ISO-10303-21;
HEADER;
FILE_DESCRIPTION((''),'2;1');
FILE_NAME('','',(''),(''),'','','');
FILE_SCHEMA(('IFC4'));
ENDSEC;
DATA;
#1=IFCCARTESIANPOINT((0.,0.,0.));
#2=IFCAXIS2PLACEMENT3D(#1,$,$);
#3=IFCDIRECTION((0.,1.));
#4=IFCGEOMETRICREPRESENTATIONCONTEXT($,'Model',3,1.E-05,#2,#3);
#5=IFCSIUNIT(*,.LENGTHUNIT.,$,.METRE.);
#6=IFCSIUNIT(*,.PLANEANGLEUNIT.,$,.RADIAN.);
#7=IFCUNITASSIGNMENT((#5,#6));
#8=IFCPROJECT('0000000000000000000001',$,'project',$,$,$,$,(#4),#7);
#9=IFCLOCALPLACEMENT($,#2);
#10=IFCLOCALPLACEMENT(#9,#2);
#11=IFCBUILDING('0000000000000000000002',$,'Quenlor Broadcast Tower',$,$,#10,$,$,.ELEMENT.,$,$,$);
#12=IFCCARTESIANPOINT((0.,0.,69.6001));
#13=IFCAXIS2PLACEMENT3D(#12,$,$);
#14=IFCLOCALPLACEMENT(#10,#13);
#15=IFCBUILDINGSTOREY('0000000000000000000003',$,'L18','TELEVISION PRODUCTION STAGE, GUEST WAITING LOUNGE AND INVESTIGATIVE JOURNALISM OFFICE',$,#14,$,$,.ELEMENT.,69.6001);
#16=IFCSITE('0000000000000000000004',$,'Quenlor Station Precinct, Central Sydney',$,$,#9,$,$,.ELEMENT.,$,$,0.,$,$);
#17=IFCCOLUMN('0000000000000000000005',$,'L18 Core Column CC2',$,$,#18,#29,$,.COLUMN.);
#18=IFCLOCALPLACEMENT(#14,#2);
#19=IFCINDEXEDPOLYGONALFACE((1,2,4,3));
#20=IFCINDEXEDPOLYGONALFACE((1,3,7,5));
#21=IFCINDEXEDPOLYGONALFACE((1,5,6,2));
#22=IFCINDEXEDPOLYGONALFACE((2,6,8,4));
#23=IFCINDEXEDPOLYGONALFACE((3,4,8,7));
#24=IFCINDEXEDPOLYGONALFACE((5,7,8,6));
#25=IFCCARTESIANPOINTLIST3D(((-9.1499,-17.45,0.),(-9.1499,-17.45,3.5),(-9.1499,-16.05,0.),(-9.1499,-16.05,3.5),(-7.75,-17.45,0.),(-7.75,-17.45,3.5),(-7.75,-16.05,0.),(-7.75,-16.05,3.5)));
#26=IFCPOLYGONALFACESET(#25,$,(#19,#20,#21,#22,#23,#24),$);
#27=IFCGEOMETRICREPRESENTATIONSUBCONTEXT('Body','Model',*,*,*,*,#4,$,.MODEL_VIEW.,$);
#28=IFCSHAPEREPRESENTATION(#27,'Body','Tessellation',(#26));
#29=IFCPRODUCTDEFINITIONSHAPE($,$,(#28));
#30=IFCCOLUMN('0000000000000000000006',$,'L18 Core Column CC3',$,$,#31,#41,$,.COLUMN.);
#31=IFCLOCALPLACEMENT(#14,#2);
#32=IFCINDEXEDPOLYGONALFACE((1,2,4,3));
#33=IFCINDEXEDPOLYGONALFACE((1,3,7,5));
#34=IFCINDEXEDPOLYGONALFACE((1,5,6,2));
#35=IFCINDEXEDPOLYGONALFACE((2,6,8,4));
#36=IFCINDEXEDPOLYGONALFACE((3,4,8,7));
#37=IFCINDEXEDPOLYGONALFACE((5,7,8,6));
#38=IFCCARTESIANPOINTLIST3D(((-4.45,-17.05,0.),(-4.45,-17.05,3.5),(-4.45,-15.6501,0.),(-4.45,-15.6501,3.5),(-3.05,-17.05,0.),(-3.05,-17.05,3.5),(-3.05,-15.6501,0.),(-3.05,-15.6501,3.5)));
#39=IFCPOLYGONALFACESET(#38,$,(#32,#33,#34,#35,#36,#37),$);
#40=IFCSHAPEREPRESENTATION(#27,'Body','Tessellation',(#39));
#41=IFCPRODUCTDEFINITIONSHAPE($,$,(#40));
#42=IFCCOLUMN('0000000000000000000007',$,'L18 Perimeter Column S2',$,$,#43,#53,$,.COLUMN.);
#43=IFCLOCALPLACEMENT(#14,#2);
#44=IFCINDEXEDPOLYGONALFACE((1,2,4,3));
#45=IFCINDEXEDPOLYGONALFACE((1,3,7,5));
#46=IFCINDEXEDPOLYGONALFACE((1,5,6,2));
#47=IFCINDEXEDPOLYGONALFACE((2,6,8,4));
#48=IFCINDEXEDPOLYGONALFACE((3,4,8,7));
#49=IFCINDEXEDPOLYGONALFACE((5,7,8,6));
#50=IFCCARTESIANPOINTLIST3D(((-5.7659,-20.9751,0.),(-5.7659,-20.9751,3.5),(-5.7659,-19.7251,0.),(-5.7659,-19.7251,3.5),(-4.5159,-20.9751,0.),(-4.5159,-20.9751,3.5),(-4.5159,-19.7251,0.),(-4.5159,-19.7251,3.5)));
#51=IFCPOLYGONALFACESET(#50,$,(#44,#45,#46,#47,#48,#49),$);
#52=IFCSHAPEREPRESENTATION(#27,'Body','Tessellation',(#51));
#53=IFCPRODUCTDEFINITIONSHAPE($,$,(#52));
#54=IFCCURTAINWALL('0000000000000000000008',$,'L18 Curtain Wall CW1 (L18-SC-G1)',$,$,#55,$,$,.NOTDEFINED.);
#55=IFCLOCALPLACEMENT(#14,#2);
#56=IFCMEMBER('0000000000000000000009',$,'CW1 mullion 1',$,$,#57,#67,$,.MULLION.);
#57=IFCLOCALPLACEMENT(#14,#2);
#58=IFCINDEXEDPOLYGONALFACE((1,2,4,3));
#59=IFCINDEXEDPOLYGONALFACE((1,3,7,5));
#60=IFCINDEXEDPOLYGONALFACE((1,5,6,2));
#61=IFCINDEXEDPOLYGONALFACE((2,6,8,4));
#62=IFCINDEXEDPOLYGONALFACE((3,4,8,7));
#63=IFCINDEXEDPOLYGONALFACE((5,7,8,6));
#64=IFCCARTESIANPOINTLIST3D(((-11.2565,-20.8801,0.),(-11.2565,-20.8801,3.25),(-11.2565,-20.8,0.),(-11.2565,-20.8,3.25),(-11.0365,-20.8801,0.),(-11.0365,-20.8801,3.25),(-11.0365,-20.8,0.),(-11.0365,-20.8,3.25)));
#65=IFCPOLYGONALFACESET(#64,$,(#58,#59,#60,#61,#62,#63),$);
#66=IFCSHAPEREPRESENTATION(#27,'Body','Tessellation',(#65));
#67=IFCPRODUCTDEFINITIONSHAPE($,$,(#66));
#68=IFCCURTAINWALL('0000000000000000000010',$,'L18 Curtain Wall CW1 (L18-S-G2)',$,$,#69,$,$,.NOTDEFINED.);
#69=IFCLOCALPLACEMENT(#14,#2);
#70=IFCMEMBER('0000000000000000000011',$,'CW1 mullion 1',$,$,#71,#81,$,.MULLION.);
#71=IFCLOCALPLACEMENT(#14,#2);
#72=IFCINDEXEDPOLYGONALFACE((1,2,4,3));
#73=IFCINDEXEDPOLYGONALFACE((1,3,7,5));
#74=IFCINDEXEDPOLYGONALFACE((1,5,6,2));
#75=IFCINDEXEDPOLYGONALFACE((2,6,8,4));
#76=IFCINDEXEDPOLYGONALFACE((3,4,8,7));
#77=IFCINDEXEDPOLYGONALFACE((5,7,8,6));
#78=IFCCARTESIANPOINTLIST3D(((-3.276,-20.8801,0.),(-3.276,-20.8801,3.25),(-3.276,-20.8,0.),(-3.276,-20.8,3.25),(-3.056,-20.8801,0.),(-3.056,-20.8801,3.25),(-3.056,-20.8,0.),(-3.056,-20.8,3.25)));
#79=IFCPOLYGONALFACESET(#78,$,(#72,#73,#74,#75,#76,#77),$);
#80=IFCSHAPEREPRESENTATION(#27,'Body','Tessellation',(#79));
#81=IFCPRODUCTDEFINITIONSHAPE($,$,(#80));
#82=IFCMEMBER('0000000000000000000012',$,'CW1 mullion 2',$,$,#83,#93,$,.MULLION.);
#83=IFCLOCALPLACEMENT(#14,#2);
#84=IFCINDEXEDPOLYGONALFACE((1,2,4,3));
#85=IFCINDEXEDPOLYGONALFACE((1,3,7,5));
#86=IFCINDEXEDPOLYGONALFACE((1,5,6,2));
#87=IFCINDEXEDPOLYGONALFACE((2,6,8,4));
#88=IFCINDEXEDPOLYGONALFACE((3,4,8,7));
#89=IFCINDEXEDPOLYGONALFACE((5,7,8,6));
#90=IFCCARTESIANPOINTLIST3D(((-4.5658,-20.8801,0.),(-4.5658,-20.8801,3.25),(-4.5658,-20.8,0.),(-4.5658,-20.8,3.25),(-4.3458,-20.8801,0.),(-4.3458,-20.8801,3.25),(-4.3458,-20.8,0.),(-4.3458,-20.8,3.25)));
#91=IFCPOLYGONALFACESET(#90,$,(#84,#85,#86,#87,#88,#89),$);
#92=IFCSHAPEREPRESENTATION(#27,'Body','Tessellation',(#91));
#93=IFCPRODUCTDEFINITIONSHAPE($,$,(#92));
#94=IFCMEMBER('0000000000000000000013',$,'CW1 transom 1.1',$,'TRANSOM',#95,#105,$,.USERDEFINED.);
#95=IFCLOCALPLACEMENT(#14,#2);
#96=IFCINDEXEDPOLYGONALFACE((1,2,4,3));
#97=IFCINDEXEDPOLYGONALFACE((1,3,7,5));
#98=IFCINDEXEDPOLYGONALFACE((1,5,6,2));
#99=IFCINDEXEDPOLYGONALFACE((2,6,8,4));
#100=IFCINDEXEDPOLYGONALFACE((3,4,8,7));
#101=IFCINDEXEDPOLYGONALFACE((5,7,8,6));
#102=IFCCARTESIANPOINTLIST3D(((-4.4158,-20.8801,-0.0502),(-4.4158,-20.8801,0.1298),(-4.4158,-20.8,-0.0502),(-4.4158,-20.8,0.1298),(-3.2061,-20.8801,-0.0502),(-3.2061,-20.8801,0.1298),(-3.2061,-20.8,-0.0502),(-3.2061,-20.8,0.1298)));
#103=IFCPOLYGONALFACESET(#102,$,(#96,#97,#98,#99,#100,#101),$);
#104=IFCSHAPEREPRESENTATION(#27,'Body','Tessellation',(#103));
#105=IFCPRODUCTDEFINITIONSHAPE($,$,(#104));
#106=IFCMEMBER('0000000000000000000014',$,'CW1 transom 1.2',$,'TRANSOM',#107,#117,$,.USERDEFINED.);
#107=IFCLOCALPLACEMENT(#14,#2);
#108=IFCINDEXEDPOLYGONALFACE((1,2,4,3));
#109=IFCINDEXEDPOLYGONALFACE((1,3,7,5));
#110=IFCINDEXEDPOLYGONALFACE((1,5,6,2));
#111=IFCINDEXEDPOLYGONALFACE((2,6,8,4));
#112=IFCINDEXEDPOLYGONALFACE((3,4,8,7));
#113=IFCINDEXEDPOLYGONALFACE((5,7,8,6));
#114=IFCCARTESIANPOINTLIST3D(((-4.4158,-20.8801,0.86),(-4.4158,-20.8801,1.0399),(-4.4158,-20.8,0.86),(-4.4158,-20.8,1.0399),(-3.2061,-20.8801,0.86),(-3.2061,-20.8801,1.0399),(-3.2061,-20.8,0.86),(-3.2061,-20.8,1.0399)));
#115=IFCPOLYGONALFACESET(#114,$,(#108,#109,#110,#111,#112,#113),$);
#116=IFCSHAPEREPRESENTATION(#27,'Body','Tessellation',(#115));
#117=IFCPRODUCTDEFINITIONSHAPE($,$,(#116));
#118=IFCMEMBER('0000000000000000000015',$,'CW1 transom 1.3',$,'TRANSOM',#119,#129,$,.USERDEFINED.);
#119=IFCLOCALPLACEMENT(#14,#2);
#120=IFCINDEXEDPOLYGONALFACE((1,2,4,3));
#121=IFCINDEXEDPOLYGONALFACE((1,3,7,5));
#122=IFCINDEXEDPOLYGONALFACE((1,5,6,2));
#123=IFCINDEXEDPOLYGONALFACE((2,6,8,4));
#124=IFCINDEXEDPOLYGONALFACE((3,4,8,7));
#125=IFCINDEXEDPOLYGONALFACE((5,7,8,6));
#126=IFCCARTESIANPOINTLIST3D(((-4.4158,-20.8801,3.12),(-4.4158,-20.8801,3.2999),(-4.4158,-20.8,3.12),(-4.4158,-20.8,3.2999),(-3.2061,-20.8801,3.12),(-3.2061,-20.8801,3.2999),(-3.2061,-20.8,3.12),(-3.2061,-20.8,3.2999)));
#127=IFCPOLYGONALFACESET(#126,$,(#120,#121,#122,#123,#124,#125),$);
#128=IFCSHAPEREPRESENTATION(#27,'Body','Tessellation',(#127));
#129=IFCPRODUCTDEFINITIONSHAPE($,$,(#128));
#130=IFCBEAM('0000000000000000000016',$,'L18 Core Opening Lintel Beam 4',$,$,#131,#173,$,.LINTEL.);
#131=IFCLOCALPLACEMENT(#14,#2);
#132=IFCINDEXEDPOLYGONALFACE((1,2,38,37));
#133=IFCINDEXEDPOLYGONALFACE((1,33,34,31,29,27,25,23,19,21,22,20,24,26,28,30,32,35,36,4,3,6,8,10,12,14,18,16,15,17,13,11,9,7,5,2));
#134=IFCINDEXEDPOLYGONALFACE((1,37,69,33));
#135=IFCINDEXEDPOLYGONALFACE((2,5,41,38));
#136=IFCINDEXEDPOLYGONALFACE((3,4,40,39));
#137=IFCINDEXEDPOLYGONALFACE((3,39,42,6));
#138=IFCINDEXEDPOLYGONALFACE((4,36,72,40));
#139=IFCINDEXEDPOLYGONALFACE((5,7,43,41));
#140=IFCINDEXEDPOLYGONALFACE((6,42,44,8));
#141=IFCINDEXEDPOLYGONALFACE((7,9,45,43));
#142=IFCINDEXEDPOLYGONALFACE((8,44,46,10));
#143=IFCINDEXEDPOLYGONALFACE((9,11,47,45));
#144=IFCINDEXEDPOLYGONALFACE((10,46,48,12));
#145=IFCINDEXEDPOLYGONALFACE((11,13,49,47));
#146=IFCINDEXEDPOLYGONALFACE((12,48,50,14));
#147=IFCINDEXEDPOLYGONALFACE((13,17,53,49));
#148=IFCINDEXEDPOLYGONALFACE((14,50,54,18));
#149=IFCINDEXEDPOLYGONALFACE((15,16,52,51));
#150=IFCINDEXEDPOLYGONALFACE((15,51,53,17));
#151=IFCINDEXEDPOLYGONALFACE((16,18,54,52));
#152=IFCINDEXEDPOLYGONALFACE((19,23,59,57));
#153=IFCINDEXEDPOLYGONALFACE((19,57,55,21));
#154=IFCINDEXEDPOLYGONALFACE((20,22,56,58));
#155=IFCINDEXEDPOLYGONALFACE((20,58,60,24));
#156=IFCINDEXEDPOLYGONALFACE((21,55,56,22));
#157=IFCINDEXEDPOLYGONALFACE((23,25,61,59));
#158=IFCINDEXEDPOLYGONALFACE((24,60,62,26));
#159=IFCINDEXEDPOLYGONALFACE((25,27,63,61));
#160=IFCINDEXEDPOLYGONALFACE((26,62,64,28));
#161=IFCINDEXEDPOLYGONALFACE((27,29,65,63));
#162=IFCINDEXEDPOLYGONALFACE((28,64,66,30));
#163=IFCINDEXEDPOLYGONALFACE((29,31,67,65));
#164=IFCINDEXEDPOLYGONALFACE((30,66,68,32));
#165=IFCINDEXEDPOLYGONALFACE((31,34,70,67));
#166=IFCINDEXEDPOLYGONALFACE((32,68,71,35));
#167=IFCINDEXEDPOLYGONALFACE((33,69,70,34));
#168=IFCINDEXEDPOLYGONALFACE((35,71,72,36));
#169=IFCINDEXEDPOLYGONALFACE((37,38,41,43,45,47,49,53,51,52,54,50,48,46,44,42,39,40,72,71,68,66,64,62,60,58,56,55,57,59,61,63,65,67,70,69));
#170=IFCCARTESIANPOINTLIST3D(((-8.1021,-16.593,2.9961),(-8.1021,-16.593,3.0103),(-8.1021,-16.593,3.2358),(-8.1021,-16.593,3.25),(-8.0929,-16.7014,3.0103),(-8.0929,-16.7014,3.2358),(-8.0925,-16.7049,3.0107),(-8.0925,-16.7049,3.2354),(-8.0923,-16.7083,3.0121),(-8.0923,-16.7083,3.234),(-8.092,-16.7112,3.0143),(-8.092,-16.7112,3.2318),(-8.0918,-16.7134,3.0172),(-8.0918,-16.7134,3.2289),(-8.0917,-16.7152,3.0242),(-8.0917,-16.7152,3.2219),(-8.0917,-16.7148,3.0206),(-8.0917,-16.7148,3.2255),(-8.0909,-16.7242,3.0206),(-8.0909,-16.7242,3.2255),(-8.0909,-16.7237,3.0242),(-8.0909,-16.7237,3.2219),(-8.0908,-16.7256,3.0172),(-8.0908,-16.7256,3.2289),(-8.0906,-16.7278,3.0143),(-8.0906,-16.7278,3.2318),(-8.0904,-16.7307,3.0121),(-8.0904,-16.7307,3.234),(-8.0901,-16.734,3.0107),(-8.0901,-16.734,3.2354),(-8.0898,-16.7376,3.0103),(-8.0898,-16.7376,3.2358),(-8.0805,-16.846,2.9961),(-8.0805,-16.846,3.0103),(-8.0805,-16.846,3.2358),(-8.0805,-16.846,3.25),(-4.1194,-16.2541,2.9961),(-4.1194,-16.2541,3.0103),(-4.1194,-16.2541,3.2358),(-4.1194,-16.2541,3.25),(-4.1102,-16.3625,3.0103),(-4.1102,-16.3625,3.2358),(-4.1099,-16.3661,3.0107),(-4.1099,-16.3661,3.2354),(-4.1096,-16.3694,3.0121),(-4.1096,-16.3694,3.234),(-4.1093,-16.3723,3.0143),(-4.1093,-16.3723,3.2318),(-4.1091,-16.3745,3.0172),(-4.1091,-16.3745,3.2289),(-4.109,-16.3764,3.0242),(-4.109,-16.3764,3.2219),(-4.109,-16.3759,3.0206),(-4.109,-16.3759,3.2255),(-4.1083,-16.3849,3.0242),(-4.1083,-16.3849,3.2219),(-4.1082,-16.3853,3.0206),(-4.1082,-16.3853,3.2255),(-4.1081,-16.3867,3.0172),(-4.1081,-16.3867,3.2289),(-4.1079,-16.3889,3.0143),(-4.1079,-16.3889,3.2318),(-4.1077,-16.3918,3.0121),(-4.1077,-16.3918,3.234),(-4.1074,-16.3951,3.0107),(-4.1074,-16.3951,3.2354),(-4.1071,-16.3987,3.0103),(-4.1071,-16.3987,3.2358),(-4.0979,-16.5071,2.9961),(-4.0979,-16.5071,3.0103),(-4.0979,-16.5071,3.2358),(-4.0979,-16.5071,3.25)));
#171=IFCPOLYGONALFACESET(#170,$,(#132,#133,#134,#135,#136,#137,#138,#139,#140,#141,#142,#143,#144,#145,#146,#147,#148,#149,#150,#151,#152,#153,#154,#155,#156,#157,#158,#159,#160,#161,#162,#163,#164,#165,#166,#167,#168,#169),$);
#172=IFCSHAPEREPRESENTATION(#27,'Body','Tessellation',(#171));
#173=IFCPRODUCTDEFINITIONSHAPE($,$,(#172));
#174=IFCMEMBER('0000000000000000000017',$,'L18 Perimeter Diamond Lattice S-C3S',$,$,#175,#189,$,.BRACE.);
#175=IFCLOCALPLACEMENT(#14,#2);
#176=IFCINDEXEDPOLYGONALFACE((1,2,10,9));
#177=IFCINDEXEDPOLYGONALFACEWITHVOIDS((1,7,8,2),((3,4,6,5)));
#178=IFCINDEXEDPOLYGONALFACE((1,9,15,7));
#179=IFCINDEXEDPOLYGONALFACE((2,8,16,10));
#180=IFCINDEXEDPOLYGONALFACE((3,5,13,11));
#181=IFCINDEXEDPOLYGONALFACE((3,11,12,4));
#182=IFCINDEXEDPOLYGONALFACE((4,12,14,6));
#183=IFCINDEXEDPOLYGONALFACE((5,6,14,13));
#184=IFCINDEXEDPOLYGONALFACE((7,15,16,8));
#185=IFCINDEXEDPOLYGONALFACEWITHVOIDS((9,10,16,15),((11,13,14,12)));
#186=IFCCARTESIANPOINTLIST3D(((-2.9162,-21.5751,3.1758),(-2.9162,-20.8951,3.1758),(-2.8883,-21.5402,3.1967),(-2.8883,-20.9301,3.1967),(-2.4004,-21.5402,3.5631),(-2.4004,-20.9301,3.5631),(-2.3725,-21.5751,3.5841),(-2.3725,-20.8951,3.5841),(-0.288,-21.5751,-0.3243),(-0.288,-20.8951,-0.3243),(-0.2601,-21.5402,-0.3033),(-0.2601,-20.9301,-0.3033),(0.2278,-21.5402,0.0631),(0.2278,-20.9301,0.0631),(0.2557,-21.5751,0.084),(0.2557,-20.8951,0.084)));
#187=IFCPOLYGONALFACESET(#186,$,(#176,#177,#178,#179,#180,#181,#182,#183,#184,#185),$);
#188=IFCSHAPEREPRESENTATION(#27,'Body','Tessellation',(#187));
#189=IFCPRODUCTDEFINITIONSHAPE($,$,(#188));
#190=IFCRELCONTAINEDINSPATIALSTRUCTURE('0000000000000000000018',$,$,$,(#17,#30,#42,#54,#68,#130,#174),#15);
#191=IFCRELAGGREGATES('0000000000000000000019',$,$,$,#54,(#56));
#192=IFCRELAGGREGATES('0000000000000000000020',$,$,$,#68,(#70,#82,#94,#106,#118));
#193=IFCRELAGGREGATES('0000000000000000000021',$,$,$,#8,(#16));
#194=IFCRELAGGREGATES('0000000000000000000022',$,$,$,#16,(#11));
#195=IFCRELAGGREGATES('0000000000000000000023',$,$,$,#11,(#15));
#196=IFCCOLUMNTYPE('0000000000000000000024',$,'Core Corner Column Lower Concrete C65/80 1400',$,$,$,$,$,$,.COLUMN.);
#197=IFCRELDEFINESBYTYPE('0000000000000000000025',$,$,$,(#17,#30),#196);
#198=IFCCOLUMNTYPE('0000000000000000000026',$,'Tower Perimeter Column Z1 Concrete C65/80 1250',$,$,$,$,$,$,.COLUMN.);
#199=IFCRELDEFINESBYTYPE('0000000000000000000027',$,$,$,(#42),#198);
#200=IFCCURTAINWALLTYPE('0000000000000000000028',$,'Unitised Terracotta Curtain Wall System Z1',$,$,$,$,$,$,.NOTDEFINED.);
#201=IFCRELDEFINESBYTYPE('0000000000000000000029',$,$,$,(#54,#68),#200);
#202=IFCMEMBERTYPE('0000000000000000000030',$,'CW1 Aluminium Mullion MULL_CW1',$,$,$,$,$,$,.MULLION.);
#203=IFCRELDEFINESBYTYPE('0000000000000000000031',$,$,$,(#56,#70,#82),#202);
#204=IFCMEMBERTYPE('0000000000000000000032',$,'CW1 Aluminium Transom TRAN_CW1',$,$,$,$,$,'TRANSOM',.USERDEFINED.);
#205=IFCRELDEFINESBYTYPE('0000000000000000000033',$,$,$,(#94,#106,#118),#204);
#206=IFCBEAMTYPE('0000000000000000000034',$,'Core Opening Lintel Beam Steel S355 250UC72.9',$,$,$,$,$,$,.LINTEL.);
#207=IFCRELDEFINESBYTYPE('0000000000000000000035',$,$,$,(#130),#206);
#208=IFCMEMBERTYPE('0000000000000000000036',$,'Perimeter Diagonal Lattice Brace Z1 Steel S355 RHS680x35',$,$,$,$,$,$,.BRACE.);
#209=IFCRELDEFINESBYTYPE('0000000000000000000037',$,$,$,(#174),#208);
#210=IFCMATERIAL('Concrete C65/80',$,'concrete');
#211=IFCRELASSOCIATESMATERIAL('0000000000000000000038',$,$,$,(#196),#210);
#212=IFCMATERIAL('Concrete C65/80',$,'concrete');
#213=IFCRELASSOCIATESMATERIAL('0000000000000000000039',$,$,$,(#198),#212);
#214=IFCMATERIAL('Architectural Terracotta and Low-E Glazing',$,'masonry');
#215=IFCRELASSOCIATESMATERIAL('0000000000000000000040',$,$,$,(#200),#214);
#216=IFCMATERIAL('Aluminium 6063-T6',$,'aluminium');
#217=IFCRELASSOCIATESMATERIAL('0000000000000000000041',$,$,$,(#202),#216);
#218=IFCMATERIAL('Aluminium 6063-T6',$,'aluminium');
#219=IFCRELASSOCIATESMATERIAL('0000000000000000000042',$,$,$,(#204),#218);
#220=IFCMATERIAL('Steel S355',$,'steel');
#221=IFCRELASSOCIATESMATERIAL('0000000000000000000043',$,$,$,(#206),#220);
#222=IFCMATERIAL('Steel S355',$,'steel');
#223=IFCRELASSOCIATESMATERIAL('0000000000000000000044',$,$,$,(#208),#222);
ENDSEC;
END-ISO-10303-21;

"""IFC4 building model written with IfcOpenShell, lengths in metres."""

from ifc_helpers import new_model, si_unit, direction, frame, origin, origin_2d, place, context, subcontext, project, spatial, rectangle, hollow_rectangle, i_section, extrude, material, material_profile, profile_set, type_object, element, aggregate, save


model = new_model("IFC4")

# Units and contexts
model_context = context("Model", 3, precision=1e-05, world=origin(), true_north=direction((0.0, 1.0)))
body_context = subcontext(model_context, "Body", "Model", "MODEL_VIEW")
ifc_project = project(units=[si_unit("LENGTHUNIT", "METRE"), si_unit("PLANEANGLEUNIT", "RADIAN")], contexts=[model_context])

# Site, building, storey
site_placement = place(None, origin())
site = spatial("IfcSite", under=ifc_project, at=site_placement, Name="Quenlor Station Precinct, Central Sydney", CompositionType="ELEMENT", RefElevation=0.0)
building_placement = place(site_placement, origin())
building = spatial("IfcBuilding", under=site, at=building_placement, Name="Quenlor Broadcast Tower", CompositionType="ELEMENT")
storey_placement = place(building_placement, frame((0.0, 0.0, 69.6001)))
storey = spatial("IfcBuildingStorey", under=building, at=storey_placement, Name="L18", Description="TELEVISION PRODUCTION STAGE, GUEST WAITING LOUNGE AND INVESTIGATIVE JOURNALISM OFFICE", CompositionType="ELEMENT", Elevation=69.6001)

# Columns
ifc_material_1 = material(Name="Concrete C65/80", Category="concrete")
ifc_material_profile_1 = material_profile(ifc_material_1, rectangle(XDim=1.3999, YDim=1.3999, at=origin_2d()))
ifc_profile_set_1 = profile_set([ifc_material_profile_1], Name="Concrete C65/80 RC1400x1400")
column_type_1 = type_object("IfcColumnType", Name="Core Corner Column Lower Concrete C65/80 1400", PredefinedType="COLUMN", material=ifc_profile_set_1)
for number, where, z_axis, x_axis, name in (
    (1, (-8.45, -16.75, 0.0), (0.0, 0.0, 1.0), (1.0, 0.0, 0.0), "L18 Core Column CC2"),
    (2, (-3.75, -16.3501, 0.0), (0.0, 0.0, 1.0), (1.0, 0.0, 0.0), "L18 Core Column CC3"),
):
    element("IfcColumn", number, at=place(storey_placement, frame(where, z_axis=z_axis, x_axis=x_axis)), inside=storey, type_object=column_type_1, Name=name, PredefinedType="COLUMN", context=body_context, shape_type="SweptSolid", body=[
        extrude(rectangle(XDim=1.3999, YDim=1.3999, at=origin_2d()), origin(), (0.0, 0.0, 1.0), 3.5),
    ])
ifc_material_2 = material(Name="Concrete C65/80", Category="concrete")
ifc_material_profile_2 = material_profile(ifc_material_2, rectangle(XDim=1.25, YDim=1.25, at=origin_2d()))
ifc_profile_set_2 = profile_set([ifc_material_profile_2], Name="Concrete C65/80 RC1250x1250")
column_type_2 = type_object("IfcColumnType", Name="Tower Perimeter Column Z1 Concrete C65/80 1250", PredefinedType="COLUMN", material=ifc_profile_set_2)
column_placement = place(storey_placement, frame((-5.1409, -20.3501, 0.0), z_axis=(0.0, 0.0, 1.0), x_axis=(0.0, 1.0, 0.0)))
element("IfcColumn", 3, at=column_placement, inside=storey, type_object=column_type_2, Name="L18 Perimeter Column S2", PredefinedType="COLUMN", context=body_context, shape_type="SweptSolid", body=[
    extrude(rectangle(XDim=1.25, YDim=1.25, at=origin_2d()), origin(), (0.0, 0.0, 1.0), 3.5),
])

# Curtain wall, member
ifc_material_3 = material(Name="Architectural Terracotta and Low-E Glazing", Category="masonry")
curtain_wall_type = type_object("IfcCurtainWallType", Name="Unitised Terracotta Curtain Wall System Z1", PredefinedType="NOTDEFINED", material=ifc_material_3)
curtain_wall_1_placement = place(storey_placement, origin())
curtain_wall_1 = element("IfcCurtainWall", 4, at=curtain_wall_1_placement, inside=storey, type_object=curtain_wall_type, Name="L18 Curtain Wall CW1 (L18-SC-G1)", PredefinedType="NOTDEFINED")
ifc_material_4 = material(Name="Aluminium 6063-T6", Category="aluminium")
ifc_material_profile_3 = material_profile(ifc_material_4, rectangle(XDim=0.0801, YDim=0.22, at=origin_2d()))
ifc_profile_set_3 = profile_set([ifc_material_profile_3], Name="Aluminium 6063-T6 MULL80x220")
member_type_1 = type_object("IfcMemberType", Name="CW1 Aluminium Mullion MULL_CW1", PredefinedType="MULLION", material=ifc_profile_set_3)
member_1_placement = place(storey_placement, frame((-11.1465, -20.8401, 0.0), z_axis=(0.0, 0.0, 1.0), x_axis=(0.0, -1.0, 0.0)))
member_1 = element("IfcMember", 5, at=member_1_placement, type_object=member_type_1, Name="CW1 mullion 1", PredefinedType="MULLION", context=body_context, shape_type="SweptSolid", body=[
    extrude(rectangle(XDim=0.0801, YDim=0.22, at=origin_2d()), origin(), (0.0, 0.0, 1.0), 3.25),
])
aggregate(curtain_wall_1, [member_1])

# Curtain wall, members
curtain_wall_2_placement = place(storey_placement, origin())
curtain_wall_2 = element("IfcCurtainWall", 6, at=curtain_wall_2_placement, inside=storey, type_object=curtain_wall_type, Name="L18 Curtain Wall CW1 (L18-S-G2)", PredefinedType="NOTDEFINED")
member_2_placement = place(storey_placement, frame((-3.166, -20.8401, 0.0), z_axis=(0.0, 0.0, 1.0), x_axis=(0.0, -1.0, 0.0)))
member_2 = element("IfcMember", 7, at=member_2_placement, type_object=member_type_1, Name="CW1 mullion 1", PredefinedType="MULLION", context=body_context, shape_type="SweptSolid", body=[
    extrude(rectangle(XDim=0.0801, YDim=0.22, at=origin_2d()), origin(), (0.0, 0.0, 1.0), 3.25),
])
member_3_placement = place(storey_placement, frame((-4.4558, -20.8401, 0.0), z_axis=(0.0, 0.0, 1.0), x_axis=(0.0, -1.0, 0.0)))
member_3 = element("IfcMember", 8, at=member_3_placement, type_object=member_type_1, Name="CW1 mullion 2", PredefinedType="MULLION", context=body_context, shape_type="SweptSolid", body=[
    extrude(rectangle(XDim=0.0801, YDim=0.22, at=origin_2d()), origin(), (0.0, 0.0, 1.0), 3.25),
])
ifc_material_5 = material(Name="Aluminium 6063-T6", Category="aluminium")
ifc_material_profile_4 = material_profile(ifc_material_5, rectangle(XDim=0.0801, YDim=0.1799, at=origin_2d()))
ifc_profile_set_4 = profile_set([ifc_material_profile_4], Name="Aluminium 6063-T6 TRAN80x180")
member_type_2 = type_object("IfcMemberType", Name="CW1 Aluminium Transom TRAN_CW1", ElementType="TRANSOM", PredefinedType="USERDEFINED", material=ifc_profile_set_4)
member_4_placement = place(storey_placement, frame((-3.2061, -20.8401, 0.0398), z_axis=(-1.0, 0.0, 0.0), x_axis=(0.0, -1.0, 0.0)))
member_4 = element("IfcMember", 9, at=member_4_placement, type_object=member_type_2, Name="CW1 transom 1.1", ObjectType="TRANSOM", PredefinedType="USERDEFINED", context=body_context, shape_type="SweptSolid", body=[
    extrude(rectangle(XDim=0.0801, YDim=0.1799, at=origin_2d()), origin(), (0.0, 0.0, 1.0), 1.2097),
])
member_5_placement = place(storey_placement, frame((-3.2061, -20.8401, 0.95), z_axis=(-1.0, 0.0, 0.0), x_axis=(0.0, -1.0, 0.0)))
member_5 = element("IfcMember", 10, at=member_5_placement, type_object=member_type_2, Name="CW1 transom 1.2", ObjectType="TRANSOM", PredefinedType="USERDEFINED", context=body_context, shape_type="SweptSolid", body=[
    extrude(rectangle(XDim=0.0801, YDim=0.1799, at=origin_2d()), origin(), (0.0, 0.0, 1.0), 1.2097),
])
member_6_placement = place(storey_placement, frame((-3.2061, -20.8401, 3.21), z_axis=(-1.0, 0.0, 0.0), x_axis=(0.0, -1.0, 0.0)))
member_6 = element("IfcMember", 11, at=member_6_placement, type_object=member_type_2, Name="CW1 transom 1.3", ObjectType="TRANSOM", PredefinedType="USERDEFINED", context=body_context, shape_type="SweptSolid", body=[
    extrude(rectangle(XDim=0.0801, YDim=0.1799, at=origin_2d()), origin(), (0.0, 0.0, 1.0), 1.2097),
])

# Beam
ifc_material_6 = material(Name="Steel S355", Category="steel")
ifc_material_profile_5 = material_profile(ifc_material_6, i_section(OverallWidth=0.2539, OverallDepth=0.2539, WebThickness=0.0085, FlangeThickness=0.0142, FilletRadius=0.0139, at=origin_2d()))
ifc_profile_set_5 = profile_set([ifc_material_profile_5], Name="Steel S355 250UC72.9")
beam_type_1 = type_object("IfcBeamType", Name="Core Opening Lintel Beam Steel S355 250UC72.9", PredefinedType="LINTEL", material=ifc_profile_set_5)
beam_1_placement = place(storey_placement, frame((-8.0913, -16.7195, 3.123), z_axis=(0.9964, 0.084779, 0.0), x_axis=(-0.084779, 0.9964, 0.0)))
element("IfcBeam", 12, at=beam_1_placement, inside=storey, type_object=beam_type_1, Name="L18 Core Opening Lintel Beam 4", PredefinedType="LINTEL", context=body_context, shape_type="SweptSolid", body=[
    extrude(i_section(OverallWidth=0.2539, OverallDepth=0.2539, WebThickness=0.0085, FlangeThickness=0.0142, FilletRadius=0.0139, at=origin_2d()), origin(), (0.0, 0.0, 1.0), 3.9971),
])

# Member
ifc_material_7 = material(Name="Steel S355", Category="steel")
ifc_material_profile_6 = material_profile(ifc_material_7, hollow_rectangle(XDim=0.6799, YDim=0.6799, WallThickness=0.0349, at=origin_2d()))
ifc_profile_set_6 = profile_set([ifc_material_profile_6], Name="Steel S355 RHS680x680x35")
member_type_3 = type_object("IfcMemberType", Name="Perimeter Diagonal Lattice Brace Z1 Steel S355 RHS680x35", PredefinedType="BRACE", material=ifc_profile_set_6)
for number, where, z_axis, x_axis, name in (
    (13, (-0.0161, -21.2351, -0.1201), (-0.600464, 0.0, 0.799652), (0.0, -1.0, 0.0), "L18 Perimeter Diamond Lattice S-C3S"),
):
    element("IfcMember", number, at=place(storey_placement, frame(where, z_axis=z_axis, x_axis=x_axis)), inside=storey, type_object=member_type_3, Name=name, PredefinedType="BRACE", context=body_context, shape_type="SweptSolid", body=[
        extrude(hollow_rectangle(XDim=0.6799, YDim=0.6799, WallThickness=0.0349, at=origin_2d()), origin(), (0.0, 0.0, 1.0), 4.377),
    ])

aggregate(curtain_wall_2, [member_2, member_3, member_4, member_5, member_6])

save(model, "model.ifc")
